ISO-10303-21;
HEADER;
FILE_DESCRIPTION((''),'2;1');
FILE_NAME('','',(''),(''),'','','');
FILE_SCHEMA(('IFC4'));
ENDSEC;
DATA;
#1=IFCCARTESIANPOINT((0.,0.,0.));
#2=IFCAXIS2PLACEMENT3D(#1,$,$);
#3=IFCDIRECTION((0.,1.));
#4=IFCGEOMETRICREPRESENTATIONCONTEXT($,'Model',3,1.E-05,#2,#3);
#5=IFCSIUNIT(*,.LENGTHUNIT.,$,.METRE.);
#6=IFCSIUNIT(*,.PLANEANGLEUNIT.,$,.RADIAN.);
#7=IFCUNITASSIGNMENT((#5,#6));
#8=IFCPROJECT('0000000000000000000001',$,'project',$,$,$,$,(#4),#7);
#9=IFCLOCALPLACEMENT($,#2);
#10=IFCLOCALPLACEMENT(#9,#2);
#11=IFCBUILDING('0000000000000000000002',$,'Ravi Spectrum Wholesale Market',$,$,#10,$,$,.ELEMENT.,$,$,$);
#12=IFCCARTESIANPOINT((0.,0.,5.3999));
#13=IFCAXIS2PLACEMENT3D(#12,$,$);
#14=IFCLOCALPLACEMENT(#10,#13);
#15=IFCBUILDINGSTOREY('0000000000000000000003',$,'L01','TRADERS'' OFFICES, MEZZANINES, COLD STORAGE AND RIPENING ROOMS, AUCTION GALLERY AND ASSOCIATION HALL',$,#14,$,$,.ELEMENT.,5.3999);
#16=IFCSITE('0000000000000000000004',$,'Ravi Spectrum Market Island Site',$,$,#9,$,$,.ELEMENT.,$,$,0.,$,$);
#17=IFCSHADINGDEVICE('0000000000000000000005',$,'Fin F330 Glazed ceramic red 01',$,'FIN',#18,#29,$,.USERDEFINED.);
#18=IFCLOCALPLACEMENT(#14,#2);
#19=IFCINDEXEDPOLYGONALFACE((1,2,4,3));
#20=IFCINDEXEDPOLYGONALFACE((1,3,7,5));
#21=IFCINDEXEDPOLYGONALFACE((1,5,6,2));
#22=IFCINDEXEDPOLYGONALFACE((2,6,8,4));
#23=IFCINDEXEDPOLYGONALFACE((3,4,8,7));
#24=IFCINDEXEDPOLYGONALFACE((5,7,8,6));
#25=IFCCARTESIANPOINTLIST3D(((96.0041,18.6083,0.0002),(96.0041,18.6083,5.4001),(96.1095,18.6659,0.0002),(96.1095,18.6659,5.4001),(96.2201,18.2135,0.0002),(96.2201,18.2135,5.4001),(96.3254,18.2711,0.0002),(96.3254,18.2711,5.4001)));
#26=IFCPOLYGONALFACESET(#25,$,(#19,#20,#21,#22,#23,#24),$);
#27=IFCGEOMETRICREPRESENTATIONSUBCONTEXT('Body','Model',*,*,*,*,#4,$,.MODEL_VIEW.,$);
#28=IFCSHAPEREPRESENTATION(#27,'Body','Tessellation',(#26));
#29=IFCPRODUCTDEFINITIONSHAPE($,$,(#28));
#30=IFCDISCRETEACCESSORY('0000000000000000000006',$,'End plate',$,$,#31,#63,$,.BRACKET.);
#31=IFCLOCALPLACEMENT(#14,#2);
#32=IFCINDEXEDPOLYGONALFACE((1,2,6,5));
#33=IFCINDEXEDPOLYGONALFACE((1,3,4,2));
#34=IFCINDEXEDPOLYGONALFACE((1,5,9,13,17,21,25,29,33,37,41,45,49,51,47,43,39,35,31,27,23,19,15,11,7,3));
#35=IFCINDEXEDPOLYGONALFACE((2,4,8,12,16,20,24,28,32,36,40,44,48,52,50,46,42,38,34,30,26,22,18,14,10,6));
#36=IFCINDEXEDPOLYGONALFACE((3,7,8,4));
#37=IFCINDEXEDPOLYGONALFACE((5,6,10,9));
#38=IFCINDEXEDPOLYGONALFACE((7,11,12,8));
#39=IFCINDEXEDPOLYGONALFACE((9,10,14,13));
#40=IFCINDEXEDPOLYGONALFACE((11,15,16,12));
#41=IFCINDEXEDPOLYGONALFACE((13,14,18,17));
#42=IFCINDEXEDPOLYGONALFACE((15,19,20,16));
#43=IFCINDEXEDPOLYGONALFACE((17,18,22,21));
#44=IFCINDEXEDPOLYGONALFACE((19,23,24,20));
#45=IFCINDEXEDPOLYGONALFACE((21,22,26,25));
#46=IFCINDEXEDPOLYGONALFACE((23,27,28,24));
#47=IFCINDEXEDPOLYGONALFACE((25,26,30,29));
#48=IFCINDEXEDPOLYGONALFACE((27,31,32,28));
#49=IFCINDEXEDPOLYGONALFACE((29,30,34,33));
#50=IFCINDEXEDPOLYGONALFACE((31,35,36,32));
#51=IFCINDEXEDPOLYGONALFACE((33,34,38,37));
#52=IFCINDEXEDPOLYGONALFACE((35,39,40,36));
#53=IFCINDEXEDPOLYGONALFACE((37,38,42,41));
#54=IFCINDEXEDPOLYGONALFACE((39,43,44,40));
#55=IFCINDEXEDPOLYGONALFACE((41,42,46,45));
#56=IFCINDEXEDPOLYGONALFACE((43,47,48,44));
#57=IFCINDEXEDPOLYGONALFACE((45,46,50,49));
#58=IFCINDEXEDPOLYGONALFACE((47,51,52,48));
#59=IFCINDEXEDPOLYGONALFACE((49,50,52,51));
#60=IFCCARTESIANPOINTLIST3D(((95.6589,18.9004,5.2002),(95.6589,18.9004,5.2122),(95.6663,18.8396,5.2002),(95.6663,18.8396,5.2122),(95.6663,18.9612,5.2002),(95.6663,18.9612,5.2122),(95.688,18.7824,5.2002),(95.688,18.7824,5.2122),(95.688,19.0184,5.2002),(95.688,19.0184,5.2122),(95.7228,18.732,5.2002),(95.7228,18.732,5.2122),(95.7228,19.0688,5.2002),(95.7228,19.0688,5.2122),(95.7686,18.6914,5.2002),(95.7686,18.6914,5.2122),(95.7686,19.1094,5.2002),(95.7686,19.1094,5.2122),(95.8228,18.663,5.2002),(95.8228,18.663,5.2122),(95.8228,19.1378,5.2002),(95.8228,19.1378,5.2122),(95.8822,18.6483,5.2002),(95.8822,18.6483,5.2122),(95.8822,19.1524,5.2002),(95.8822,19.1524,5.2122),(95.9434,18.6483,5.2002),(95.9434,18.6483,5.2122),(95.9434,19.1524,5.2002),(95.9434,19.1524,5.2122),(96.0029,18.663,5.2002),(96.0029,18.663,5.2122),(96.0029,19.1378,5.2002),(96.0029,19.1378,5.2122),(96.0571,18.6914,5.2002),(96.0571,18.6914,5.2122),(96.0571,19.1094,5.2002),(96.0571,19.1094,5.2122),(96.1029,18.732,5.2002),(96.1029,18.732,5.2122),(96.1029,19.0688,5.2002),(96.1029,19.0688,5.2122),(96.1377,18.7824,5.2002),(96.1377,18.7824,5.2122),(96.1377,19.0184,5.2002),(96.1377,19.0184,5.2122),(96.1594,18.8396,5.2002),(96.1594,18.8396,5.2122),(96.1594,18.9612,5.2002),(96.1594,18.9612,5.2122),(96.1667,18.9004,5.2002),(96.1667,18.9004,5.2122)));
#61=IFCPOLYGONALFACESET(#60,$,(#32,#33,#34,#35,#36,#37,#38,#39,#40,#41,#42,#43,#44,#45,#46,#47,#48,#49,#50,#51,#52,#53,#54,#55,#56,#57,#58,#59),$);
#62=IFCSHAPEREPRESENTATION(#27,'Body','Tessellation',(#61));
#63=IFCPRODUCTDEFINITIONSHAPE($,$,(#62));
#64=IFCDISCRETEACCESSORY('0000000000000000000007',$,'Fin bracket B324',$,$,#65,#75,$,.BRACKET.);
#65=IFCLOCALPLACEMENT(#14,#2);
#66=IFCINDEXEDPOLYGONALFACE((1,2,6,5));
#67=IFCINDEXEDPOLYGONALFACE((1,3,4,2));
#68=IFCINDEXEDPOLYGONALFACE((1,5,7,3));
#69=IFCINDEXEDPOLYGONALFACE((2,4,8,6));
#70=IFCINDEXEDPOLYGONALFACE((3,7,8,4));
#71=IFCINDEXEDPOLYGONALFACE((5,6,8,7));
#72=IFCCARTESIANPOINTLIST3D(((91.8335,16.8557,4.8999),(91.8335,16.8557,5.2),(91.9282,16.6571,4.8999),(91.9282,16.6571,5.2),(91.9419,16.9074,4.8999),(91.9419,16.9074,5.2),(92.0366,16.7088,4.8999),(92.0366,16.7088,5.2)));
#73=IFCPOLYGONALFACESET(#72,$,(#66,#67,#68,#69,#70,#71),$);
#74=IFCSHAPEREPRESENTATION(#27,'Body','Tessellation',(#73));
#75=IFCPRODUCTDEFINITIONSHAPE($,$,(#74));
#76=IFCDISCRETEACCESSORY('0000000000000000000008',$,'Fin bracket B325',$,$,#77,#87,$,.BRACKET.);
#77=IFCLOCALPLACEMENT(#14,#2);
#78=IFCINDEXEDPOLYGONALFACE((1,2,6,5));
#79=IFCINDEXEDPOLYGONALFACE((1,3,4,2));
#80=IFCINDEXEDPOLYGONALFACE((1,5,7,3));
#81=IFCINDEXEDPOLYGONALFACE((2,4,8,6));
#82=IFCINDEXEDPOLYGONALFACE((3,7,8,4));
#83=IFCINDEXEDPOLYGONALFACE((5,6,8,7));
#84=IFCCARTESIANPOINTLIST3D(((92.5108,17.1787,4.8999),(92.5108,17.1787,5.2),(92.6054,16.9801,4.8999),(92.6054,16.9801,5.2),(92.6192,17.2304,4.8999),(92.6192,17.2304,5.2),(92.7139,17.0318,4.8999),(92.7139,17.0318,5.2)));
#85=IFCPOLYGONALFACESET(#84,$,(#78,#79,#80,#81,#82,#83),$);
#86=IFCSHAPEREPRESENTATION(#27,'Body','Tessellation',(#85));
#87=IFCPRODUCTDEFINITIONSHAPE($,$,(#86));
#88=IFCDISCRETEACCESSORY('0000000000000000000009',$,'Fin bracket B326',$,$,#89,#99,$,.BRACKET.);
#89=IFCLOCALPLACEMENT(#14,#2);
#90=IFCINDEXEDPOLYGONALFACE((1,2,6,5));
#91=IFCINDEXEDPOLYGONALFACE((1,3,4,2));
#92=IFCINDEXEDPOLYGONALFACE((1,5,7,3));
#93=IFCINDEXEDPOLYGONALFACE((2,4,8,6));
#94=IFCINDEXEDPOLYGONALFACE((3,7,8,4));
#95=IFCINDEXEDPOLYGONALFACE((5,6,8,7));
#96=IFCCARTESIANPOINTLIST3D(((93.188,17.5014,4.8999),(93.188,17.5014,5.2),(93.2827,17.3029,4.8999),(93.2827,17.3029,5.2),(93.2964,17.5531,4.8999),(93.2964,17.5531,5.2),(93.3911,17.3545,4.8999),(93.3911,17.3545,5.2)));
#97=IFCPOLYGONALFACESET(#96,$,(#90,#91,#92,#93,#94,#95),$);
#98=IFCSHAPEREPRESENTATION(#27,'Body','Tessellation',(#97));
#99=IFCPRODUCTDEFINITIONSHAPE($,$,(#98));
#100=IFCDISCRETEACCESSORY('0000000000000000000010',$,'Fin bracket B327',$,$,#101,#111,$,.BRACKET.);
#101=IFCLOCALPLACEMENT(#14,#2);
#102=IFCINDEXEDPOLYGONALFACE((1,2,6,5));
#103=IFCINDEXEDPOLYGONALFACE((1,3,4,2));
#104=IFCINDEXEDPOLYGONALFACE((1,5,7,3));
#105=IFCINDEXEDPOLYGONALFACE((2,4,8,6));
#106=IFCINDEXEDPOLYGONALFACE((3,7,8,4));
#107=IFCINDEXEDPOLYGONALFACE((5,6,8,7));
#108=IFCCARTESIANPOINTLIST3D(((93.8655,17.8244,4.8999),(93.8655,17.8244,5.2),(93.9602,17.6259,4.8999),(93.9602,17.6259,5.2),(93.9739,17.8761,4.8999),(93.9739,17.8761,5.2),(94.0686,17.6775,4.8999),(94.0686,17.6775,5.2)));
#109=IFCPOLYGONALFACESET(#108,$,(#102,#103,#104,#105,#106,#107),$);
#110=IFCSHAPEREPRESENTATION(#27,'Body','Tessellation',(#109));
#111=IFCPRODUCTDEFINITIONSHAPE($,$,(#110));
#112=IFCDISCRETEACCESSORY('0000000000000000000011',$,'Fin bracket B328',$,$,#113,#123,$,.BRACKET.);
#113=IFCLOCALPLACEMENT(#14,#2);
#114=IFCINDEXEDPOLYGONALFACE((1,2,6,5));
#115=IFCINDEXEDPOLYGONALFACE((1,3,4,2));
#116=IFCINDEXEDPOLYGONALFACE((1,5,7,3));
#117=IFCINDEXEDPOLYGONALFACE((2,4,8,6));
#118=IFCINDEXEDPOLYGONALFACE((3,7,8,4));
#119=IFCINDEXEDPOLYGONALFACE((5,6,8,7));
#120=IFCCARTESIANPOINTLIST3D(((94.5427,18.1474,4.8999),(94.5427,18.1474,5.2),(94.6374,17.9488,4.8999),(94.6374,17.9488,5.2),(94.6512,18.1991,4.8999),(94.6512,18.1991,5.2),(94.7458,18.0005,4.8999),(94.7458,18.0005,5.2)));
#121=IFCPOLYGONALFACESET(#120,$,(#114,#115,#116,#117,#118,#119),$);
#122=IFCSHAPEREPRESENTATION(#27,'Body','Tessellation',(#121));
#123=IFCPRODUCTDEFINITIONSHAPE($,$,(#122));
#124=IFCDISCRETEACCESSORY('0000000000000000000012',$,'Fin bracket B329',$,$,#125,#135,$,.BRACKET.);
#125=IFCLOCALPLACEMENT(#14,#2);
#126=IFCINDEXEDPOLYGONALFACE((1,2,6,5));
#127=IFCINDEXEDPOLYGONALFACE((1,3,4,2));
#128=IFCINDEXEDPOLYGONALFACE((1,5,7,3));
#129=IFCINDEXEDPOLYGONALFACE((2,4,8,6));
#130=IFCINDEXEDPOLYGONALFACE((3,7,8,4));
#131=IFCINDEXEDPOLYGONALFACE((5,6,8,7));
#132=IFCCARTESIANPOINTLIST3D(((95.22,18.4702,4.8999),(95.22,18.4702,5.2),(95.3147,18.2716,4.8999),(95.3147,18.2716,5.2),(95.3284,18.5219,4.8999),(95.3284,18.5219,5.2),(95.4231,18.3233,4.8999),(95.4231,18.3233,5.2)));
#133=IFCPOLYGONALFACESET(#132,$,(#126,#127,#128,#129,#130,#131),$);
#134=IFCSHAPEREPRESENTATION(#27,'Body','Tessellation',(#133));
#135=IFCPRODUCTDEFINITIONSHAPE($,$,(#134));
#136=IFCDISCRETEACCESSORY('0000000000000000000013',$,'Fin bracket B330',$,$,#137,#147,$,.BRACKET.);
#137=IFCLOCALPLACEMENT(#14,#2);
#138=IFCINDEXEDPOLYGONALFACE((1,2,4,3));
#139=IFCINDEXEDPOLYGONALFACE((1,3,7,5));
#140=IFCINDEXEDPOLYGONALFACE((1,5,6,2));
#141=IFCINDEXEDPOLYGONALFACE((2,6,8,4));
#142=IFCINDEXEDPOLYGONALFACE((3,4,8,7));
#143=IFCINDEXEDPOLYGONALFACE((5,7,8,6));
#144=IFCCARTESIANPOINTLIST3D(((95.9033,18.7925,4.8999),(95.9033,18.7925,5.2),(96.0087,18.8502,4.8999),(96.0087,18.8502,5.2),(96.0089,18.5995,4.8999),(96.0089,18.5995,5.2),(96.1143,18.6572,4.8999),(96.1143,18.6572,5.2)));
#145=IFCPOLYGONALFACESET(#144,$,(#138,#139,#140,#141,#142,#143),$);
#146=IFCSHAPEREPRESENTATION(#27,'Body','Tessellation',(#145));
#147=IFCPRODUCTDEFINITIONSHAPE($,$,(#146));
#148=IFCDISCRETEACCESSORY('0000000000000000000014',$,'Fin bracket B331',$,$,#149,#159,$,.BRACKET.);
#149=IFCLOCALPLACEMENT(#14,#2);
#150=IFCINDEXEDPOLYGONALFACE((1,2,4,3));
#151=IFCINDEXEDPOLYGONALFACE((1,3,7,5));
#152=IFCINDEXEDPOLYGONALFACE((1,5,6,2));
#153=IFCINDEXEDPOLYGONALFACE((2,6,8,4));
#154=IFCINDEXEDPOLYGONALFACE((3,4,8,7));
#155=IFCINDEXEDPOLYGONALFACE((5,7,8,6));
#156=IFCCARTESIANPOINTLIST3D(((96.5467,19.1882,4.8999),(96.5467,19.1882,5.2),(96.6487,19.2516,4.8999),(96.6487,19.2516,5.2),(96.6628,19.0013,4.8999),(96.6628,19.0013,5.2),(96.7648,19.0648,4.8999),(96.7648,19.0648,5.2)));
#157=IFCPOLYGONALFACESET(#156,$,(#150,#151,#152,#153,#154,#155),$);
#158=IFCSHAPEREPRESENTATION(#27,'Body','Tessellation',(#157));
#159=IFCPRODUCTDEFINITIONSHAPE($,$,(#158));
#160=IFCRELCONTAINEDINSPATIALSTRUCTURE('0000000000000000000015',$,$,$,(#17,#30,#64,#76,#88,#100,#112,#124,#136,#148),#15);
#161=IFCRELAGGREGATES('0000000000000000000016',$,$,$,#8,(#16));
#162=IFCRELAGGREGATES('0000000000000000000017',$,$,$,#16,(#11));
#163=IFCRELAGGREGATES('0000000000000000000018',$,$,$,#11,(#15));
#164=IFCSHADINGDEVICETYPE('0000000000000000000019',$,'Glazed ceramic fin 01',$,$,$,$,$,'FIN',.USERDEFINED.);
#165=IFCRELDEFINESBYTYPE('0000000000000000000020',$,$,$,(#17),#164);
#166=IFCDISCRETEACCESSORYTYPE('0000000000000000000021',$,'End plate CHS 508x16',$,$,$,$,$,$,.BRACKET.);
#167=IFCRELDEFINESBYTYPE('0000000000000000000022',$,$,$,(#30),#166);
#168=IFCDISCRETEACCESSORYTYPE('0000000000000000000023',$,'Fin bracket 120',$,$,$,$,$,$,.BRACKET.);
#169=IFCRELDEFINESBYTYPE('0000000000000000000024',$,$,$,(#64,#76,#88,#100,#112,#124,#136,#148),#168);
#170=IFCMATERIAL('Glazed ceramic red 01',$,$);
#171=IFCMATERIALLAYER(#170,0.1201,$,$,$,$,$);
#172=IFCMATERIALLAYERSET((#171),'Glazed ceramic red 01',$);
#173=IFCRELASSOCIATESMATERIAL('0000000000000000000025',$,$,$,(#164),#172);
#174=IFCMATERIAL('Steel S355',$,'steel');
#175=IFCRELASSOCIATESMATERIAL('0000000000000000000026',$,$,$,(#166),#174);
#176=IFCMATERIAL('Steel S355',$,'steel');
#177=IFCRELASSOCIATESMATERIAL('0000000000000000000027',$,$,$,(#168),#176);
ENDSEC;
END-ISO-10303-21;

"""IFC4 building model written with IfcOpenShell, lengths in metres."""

from ifc_helpers import new_model, si_unit, direction, frame, origin, origin_2d, place, context, subcontext, project, spatial, rectangle, circle, extrude, material, layer, layer_set, material_profile, profile_set, type_object, element, save


model = new_model("IFC4")

# Units and contexts
model_context = context("Model", 3, precision=1e-05, world=origin(), true_north=direction((0.0, 1.0)))
body_context = subcontext(model_context, "Body", "Model", "MODEL_VIEW")
ifc_project = project(units=[si_unit("LENGTHUNIT", "METRE"), si_unit("PLANEANGLEUNIT", "RADIAN")], contexts=[model_context])

# Site, building, storey
site_placement = place(None, origin())
site = spatial("IfcSite", under=ifc_project, at=site_placement, Name="Ravi Spectrum Market Island Site", CompositionType="ELEMENT", RefElevation=0.0)
building_placement = place(site_placement, origin())
building = spatial("IfcBuilding", under=site, at=building_placement, Name="Ravi Spectrum Wholesale Market", CompositionType="ELEMENT")
storey_placement = place(building_placement, frame((0.0, 0.0, 5.3999)))
storey = spatial("IfcBuildingStorey", under=building, at=storey_placement, Name="L01", Description="TRADERS' OFFICES, MEZZANINES, COLD STORAGE AND RIPENING ROOMS, AUCTION GALLERY AND ASSOCIATION HALL", CompositionType="ELEMENT", Elevation=5.3999)

# Shading device
ifc_material_1 = material(Name="Glazed ceramic red 01")
ifc_layer_1 = layer(ifc_material_1, 0.1201)
ifc_layer_set_1 = layer_set([ifc_layer_1], Name="Glazed ceramic red 01")
shading_device_type = type_object("IfcShadingDeviceType", Name="Glazed ceramic fin 01", ElementType="FIN", PredefinedType="USERDEFINED", material=ifc_layer_set_1)
for number, where, z_axis, x_axis, name in (
    (1, (96.1648, 18.4397, 0.0002), (0.0, 0.0, 1.0), (0.877341, 0.479867, 0.0), "Fin F330 Glazed ceramic red 01"),
):
    element("IfcShadingDevice", number, at=place(storey_placement, frame(where, z_axis=z_axis, x_axis=x_axis)), inside=storey, type_object=shading_device_type, Name=name, ObjectType="FIN", PredefinedType="USERDEFINED", context=body_context, shape_type="SweptSolid", body=[
        extrude(rectangle(XDim=0.1201, YDim=0.45, at=origin_2d()), origin(), (0.0, 0.0, 1.0), 5.3999),
    ])

# Discrete accessories
ifc_material_2 = material(Name="Steel S355", Category="steel")
ifc_material_profile_1 = material_profile(ifc_material_2, circle(Radius=0.2539, at=origin_2d()))
ifc_profile_set_1 = profile_set([ifc_material_profile_1], Name="Steel S355")
discrete_accessory_type_1 = type_object("IfcDiscreteAccessoryType", Name="End plate CHS 508x16", PredefinedType="BRACKET", material=ifc_profile_set_1)
discrete_accessory_placement = place(storey_placement, frame((95.9128, 18.9004, 5.2002), z_axis=(0.0, 0.0, 1.0), x_axis=(1.0, 0.0, 0.0)))
element("IfcDiscreteAccessory", 2, at=discrete_accessory_placement, inside=storey, type_object=discrete_accessory_type_1, Name="End plate", PredefinedType="BRACKET", context=body_context, shape_type="SweptSolid", body=[
    extrude(circle(Radius=0.2539, at=origin_2d()), origin(), (0.0, 0.0, 1.0), 0.012),
])
ifc_material_3 = material(Name="Steel S355", Category="steel")
discrete_accessory_type_2 = type_object("IfcDiscreteAccessoryType", Name="Fin bracket 120", PredefinedType="BRACKET", material=ifc_material_3)
for number, where, z_axis, x_axis, name in (
    (3, (91.9351, 16.7822, 4.8999), (0.0, 0.0, 1.0), (0.902657, 0.43036, 0.0), "Fin bracket B324"),
    (4, (92.6123, 17.1052, 4.8999), (0.0, 0.0, 1.0), (0.902657, 0.43036, 0.0), "Fin bracket B325"),
    (5, (93.2896, 17.428, 4.8999), (0.0, 0.0, 1.0), (0.902657, 0.43036, 0.0), "Fin bracket B326"),
    (6, (93.967, 17.751, 4.8999), (0.0, 0.0, 1.0), (0.902657, 0.43036, 0.0), "Fin bracket B327"),
    (7, (94.6443, 18.074, 4.8999), (0.0, 0.0, 1.0), (0.902657, 0.43036, 0.0), "Fin bracket B328"),
    (8, (95.3215, 18.3967, 4.8999), (0.0, 0.0, 1.0), (0.902657, 0.43036, 0.0), "Fin bracket B329"),
    (9, (96.0088, 18.7249, 4.8999), (0.0, 0.0, 1.0), (0.877341, 0.479867, 0.0), "Fin bracket B330"),
    (10, (96.6558, 19.1265, 4.8999), (0.0, 0.0, 1.0), (0.849312, 0.527891, 0.0), "Fin bracket B331"),
):
    element("IfcDiscreteAccessory", number, at=place(storey_placement, frame(where, z_axis=z_axis, x_axis=x_axis)), inside=storey, type_object=discrete_accessory_type_2, Name=name, PredefinedType="BRACKET", context=body_context, shape_type="SweptSolid", body=[
        extrude(rectangle(XDim=0.1201, YDim=0.22, at=origin_2d()), origin(), (0.0, 0.0, 1.0), 0.3),
    ])

save(model, "model.ifc")
